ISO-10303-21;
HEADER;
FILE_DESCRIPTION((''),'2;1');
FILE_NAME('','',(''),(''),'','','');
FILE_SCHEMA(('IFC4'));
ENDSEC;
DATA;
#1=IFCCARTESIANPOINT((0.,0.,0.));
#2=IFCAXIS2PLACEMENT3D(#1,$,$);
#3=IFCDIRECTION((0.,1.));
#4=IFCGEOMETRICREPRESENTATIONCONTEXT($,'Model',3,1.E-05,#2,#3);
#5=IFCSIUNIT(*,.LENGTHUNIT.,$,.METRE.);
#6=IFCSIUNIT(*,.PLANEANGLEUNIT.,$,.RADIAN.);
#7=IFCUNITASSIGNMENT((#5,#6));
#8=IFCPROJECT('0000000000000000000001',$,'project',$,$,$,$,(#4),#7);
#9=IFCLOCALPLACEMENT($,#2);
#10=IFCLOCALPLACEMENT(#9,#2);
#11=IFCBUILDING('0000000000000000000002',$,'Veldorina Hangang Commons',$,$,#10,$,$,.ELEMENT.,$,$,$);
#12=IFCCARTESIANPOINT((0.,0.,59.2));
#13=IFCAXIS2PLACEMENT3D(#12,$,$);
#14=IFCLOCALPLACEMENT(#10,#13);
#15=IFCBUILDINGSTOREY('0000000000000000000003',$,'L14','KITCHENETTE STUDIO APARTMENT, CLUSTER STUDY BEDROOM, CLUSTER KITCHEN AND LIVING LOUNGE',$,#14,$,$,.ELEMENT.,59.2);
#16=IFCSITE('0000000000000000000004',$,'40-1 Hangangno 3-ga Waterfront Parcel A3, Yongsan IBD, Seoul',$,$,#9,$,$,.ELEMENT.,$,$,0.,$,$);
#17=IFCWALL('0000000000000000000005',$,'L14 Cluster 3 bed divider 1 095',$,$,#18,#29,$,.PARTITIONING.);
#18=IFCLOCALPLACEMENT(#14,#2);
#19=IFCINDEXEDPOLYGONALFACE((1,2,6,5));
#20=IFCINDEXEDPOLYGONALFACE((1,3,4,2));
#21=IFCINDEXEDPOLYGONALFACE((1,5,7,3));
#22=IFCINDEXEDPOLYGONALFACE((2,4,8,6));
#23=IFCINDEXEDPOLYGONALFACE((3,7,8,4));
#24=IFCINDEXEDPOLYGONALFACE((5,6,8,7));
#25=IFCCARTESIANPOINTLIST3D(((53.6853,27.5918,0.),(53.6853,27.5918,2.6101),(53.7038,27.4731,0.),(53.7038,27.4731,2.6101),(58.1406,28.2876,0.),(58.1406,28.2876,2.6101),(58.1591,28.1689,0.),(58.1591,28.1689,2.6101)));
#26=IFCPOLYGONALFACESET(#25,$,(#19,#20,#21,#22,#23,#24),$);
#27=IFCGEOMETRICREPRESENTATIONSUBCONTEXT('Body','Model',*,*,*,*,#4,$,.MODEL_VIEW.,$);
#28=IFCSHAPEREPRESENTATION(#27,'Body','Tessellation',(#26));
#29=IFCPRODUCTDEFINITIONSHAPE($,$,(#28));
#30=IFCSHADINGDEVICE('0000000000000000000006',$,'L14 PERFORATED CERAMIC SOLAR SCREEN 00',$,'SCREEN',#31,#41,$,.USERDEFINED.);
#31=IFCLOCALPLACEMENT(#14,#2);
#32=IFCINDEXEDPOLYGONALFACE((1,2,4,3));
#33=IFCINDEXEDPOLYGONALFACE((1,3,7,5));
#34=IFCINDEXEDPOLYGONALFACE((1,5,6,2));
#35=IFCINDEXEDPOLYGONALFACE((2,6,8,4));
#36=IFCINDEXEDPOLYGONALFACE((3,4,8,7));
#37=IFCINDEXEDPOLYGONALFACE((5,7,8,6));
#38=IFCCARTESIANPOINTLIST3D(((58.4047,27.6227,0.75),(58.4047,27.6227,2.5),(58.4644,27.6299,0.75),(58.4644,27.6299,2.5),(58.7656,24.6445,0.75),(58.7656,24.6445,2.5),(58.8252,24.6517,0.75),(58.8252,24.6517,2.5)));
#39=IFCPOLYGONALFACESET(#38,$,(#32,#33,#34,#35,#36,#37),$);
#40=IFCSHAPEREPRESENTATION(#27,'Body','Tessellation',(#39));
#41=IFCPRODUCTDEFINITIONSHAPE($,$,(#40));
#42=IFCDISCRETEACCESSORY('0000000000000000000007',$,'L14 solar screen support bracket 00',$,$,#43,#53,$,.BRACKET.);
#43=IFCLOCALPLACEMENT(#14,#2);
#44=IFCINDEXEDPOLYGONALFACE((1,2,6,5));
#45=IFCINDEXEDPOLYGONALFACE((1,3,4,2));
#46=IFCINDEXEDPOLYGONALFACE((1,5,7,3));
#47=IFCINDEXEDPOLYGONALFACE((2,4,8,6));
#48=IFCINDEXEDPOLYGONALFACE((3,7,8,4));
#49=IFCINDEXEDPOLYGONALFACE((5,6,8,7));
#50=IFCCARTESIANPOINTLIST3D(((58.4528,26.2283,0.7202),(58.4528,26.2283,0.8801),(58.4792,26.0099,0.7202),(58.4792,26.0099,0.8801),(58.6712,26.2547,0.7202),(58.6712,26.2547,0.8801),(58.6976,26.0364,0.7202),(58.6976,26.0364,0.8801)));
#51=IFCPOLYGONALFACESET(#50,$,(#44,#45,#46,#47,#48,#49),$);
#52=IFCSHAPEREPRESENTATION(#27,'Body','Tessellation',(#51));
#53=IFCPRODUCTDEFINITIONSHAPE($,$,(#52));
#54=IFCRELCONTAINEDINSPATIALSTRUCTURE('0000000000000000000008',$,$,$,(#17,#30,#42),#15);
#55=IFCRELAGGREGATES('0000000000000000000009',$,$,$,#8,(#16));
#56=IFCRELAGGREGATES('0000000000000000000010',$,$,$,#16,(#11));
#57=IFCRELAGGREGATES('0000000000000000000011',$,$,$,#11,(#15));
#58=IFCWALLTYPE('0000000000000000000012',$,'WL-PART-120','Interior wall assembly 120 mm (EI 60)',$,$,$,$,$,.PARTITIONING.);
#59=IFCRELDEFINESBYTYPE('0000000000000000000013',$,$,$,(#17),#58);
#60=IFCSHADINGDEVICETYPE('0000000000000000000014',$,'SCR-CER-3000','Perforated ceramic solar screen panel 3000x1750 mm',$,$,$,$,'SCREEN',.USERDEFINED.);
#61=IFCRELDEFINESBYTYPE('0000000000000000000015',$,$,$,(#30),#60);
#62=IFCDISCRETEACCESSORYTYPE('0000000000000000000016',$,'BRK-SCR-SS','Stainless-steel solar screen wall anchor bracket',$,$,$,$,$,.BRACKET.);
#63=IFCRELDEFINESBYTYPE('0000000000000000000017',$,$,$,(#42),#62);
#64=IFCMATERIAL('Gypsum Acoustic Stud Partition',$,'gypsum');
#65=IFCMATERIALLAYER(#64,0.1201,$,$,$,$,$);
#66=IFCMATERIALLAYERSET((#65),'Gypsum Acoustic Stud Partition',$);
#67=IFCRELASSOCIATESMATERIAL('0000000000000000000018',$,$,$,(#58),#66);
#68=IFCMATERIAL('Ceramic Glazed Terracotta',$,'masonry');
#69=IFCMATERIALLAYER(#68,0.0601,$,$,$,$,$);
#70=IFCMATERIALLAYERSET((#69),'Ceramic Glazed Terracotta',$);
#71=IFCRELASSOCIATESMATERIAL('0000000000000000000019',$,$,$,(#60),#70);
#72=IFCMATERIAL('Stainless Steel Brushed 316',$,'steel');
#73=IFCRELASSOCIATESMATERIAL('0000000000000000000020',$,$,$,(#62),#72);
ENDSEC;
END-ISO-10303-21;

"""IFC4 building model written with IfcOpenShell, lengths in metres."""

from ifc_helpers import new_model, si_unit, direction, frame, frame_2d, origin, origin_2d, place, context, subcontext, project, spatial, rectangle, extrude, material, layer, layer_set, type_object, element, save


model = new_model("IFC4")

# Units and contexts
model_context = context("Model", 3, precision=1e-05, world=origin(), true_north=direction((0.0, 1.0)))
body_context = subcontext(model_context, "Body", "Model", "MODEL_VIEW")
ifc_project = project(units=[si_unit("LENGTHUNIT", "METRE"), si_unit("PLANEANGLEUNIT", "RADIAN")], contexts=[model_context])

# Site, building, storey
site_placement = place(None, origin())
site = spatial("IfcSite", under=ifc_project, at=site_placement, Name="40-1 Hangangno 3-ga Waterfront Parcel A3, Yongsan IBD, Seoul", CompositionType="ELEMENT", RefElevation=0.0)
building_placement = place(site_placement, origin())
building = spatial("IfcBuilding", under=site, at=building_placement, Name="Veldorina Hangang Commons", CompositionType="ELEMENT")
storey_placement = place(building_placement, frame((0.0, 0.0, 59.2)))
storey = spatial("IfcBuildingStorey", under=building, at=storey_placement, Name="L14", Description="KITCHENETTE STUDIO APARTMENT, CLUSTER STUDY BEDROOM, CLUSTER KITCHEN AND LIVING LOUNGE", CompositionType="ELEMENT", Elevation=59.2)

# Shared definitions
ifc_material_1 = material(Name="Gypsum Acoustic Stud Partition", Category="gypsum")
ifc_layer_1 = layer(ifc_material_1, 0.1201)
ifc_layer_set_1 = layer_set([ifc_layer_1], Name="Gypsum Acoustic Stud Partition")
wall_type_1 = type_object("IfcWallType", Name="WL-PART-120", Description="Interior wall assembly 120 mm (EI 60)", PredefinedType="PARTITIONING", material=ifc_layer_set_1)

# Wall
wall_1_placement = place(storey_placement, frame((53.6946, 27.5325, 0.0), z_axis=(0.0, 0.0, 1.0), x_axis=(0.988024, 0.154303, 0.0)))
element("IfcWall", 1, at=wall_1_placement, inside=storey, type_object=wall_type_1, Name="L14 Cluster 3 bed divider 1 095", PredefinedType="PARTITIONING", context=body_context, shape_type="SweptSolid", body=[
    extrude(rectangle(XDim=4.5093, YDim=0.1201, at=frame_2d((2.2546, 0.0))), origin(), (0.0, 0.0, 1.0), 2.6101),
])

# Shading device
ifc_material_2 = material(Name="Ceramic Glazed Terracotta", Category="masonry")
ifc_layer_2 = layer(ifc_material_2, 0.0601)
ifc_layer_set_2 = layer_set([ifc_layer_2], Name="Ceramic Glazed Terracotta")
shading_device_type = type_object("IfcShadingDeviceType", Name="SCR-CER-3000", Description="Perforated ceramic solar screen panel 3000x1750 mm", ElementType="SCREEN", PredefinedType="USERDEFINED", material=ifc_layer_set_2)
shading_device_placement = place(storey_placement, frame((58.615, 26.1372, 0.75), z_axis=(0.0, 0.0, 1.0), x_axis=(-0.120293, 0.992738, 0.0)))
element("IfcShadingDevice", 2, at=shading_device_placement, inside=storey, type_object=shading_device_type, Name="L14 PERFORATED CERAMIC SOLAR SCREEN 00", ObjectType="SCREEN", PredefinedType="USERDEFINED", context=body_context, shape_type="SweptSolid", body=[
    extrude(rectangle(XDim=3.0, YDim=0.0601, at=origin_2d()), origin(), (0.0, 0.0, 1.0), 1.75),
])

# Discrete accessory
ifc_material_3 = material(Name="Stainless Steel Brushed 316", Category="steel")
discrete_accessory_type = type_object("IfcDiscreteAccessoryType", Name="BRK-SCR-SS", Description="Stainless-steel solar screen wall anchor bracket", PredefinedType="BRACKET", material=ifc_material_3)
discrete_accessory_placement = place(storey_placement, frame((58.5752, 26.1323, 0.7202), z_axis=(0.0, 0.0, 1.0), x_axis=(-0.120293, 0.992738, 0.0)))
element("IfcDiscreteAccessory", 3, at=discrete_accessory_placement, inside=storey, type_object=discrete_accessory_type, Name="L14 solar screen support bracket 00", PredefinedType="BRACKET", context=body_context, shape_type="SweptSolid", body=[
    extrude(rectangle(XDim=0.22, YDim=0.22, at=origin_2d()), origin(), (0.0, 0.0, 1.0), 0.1599),
])

save(model, "model.ifc")
